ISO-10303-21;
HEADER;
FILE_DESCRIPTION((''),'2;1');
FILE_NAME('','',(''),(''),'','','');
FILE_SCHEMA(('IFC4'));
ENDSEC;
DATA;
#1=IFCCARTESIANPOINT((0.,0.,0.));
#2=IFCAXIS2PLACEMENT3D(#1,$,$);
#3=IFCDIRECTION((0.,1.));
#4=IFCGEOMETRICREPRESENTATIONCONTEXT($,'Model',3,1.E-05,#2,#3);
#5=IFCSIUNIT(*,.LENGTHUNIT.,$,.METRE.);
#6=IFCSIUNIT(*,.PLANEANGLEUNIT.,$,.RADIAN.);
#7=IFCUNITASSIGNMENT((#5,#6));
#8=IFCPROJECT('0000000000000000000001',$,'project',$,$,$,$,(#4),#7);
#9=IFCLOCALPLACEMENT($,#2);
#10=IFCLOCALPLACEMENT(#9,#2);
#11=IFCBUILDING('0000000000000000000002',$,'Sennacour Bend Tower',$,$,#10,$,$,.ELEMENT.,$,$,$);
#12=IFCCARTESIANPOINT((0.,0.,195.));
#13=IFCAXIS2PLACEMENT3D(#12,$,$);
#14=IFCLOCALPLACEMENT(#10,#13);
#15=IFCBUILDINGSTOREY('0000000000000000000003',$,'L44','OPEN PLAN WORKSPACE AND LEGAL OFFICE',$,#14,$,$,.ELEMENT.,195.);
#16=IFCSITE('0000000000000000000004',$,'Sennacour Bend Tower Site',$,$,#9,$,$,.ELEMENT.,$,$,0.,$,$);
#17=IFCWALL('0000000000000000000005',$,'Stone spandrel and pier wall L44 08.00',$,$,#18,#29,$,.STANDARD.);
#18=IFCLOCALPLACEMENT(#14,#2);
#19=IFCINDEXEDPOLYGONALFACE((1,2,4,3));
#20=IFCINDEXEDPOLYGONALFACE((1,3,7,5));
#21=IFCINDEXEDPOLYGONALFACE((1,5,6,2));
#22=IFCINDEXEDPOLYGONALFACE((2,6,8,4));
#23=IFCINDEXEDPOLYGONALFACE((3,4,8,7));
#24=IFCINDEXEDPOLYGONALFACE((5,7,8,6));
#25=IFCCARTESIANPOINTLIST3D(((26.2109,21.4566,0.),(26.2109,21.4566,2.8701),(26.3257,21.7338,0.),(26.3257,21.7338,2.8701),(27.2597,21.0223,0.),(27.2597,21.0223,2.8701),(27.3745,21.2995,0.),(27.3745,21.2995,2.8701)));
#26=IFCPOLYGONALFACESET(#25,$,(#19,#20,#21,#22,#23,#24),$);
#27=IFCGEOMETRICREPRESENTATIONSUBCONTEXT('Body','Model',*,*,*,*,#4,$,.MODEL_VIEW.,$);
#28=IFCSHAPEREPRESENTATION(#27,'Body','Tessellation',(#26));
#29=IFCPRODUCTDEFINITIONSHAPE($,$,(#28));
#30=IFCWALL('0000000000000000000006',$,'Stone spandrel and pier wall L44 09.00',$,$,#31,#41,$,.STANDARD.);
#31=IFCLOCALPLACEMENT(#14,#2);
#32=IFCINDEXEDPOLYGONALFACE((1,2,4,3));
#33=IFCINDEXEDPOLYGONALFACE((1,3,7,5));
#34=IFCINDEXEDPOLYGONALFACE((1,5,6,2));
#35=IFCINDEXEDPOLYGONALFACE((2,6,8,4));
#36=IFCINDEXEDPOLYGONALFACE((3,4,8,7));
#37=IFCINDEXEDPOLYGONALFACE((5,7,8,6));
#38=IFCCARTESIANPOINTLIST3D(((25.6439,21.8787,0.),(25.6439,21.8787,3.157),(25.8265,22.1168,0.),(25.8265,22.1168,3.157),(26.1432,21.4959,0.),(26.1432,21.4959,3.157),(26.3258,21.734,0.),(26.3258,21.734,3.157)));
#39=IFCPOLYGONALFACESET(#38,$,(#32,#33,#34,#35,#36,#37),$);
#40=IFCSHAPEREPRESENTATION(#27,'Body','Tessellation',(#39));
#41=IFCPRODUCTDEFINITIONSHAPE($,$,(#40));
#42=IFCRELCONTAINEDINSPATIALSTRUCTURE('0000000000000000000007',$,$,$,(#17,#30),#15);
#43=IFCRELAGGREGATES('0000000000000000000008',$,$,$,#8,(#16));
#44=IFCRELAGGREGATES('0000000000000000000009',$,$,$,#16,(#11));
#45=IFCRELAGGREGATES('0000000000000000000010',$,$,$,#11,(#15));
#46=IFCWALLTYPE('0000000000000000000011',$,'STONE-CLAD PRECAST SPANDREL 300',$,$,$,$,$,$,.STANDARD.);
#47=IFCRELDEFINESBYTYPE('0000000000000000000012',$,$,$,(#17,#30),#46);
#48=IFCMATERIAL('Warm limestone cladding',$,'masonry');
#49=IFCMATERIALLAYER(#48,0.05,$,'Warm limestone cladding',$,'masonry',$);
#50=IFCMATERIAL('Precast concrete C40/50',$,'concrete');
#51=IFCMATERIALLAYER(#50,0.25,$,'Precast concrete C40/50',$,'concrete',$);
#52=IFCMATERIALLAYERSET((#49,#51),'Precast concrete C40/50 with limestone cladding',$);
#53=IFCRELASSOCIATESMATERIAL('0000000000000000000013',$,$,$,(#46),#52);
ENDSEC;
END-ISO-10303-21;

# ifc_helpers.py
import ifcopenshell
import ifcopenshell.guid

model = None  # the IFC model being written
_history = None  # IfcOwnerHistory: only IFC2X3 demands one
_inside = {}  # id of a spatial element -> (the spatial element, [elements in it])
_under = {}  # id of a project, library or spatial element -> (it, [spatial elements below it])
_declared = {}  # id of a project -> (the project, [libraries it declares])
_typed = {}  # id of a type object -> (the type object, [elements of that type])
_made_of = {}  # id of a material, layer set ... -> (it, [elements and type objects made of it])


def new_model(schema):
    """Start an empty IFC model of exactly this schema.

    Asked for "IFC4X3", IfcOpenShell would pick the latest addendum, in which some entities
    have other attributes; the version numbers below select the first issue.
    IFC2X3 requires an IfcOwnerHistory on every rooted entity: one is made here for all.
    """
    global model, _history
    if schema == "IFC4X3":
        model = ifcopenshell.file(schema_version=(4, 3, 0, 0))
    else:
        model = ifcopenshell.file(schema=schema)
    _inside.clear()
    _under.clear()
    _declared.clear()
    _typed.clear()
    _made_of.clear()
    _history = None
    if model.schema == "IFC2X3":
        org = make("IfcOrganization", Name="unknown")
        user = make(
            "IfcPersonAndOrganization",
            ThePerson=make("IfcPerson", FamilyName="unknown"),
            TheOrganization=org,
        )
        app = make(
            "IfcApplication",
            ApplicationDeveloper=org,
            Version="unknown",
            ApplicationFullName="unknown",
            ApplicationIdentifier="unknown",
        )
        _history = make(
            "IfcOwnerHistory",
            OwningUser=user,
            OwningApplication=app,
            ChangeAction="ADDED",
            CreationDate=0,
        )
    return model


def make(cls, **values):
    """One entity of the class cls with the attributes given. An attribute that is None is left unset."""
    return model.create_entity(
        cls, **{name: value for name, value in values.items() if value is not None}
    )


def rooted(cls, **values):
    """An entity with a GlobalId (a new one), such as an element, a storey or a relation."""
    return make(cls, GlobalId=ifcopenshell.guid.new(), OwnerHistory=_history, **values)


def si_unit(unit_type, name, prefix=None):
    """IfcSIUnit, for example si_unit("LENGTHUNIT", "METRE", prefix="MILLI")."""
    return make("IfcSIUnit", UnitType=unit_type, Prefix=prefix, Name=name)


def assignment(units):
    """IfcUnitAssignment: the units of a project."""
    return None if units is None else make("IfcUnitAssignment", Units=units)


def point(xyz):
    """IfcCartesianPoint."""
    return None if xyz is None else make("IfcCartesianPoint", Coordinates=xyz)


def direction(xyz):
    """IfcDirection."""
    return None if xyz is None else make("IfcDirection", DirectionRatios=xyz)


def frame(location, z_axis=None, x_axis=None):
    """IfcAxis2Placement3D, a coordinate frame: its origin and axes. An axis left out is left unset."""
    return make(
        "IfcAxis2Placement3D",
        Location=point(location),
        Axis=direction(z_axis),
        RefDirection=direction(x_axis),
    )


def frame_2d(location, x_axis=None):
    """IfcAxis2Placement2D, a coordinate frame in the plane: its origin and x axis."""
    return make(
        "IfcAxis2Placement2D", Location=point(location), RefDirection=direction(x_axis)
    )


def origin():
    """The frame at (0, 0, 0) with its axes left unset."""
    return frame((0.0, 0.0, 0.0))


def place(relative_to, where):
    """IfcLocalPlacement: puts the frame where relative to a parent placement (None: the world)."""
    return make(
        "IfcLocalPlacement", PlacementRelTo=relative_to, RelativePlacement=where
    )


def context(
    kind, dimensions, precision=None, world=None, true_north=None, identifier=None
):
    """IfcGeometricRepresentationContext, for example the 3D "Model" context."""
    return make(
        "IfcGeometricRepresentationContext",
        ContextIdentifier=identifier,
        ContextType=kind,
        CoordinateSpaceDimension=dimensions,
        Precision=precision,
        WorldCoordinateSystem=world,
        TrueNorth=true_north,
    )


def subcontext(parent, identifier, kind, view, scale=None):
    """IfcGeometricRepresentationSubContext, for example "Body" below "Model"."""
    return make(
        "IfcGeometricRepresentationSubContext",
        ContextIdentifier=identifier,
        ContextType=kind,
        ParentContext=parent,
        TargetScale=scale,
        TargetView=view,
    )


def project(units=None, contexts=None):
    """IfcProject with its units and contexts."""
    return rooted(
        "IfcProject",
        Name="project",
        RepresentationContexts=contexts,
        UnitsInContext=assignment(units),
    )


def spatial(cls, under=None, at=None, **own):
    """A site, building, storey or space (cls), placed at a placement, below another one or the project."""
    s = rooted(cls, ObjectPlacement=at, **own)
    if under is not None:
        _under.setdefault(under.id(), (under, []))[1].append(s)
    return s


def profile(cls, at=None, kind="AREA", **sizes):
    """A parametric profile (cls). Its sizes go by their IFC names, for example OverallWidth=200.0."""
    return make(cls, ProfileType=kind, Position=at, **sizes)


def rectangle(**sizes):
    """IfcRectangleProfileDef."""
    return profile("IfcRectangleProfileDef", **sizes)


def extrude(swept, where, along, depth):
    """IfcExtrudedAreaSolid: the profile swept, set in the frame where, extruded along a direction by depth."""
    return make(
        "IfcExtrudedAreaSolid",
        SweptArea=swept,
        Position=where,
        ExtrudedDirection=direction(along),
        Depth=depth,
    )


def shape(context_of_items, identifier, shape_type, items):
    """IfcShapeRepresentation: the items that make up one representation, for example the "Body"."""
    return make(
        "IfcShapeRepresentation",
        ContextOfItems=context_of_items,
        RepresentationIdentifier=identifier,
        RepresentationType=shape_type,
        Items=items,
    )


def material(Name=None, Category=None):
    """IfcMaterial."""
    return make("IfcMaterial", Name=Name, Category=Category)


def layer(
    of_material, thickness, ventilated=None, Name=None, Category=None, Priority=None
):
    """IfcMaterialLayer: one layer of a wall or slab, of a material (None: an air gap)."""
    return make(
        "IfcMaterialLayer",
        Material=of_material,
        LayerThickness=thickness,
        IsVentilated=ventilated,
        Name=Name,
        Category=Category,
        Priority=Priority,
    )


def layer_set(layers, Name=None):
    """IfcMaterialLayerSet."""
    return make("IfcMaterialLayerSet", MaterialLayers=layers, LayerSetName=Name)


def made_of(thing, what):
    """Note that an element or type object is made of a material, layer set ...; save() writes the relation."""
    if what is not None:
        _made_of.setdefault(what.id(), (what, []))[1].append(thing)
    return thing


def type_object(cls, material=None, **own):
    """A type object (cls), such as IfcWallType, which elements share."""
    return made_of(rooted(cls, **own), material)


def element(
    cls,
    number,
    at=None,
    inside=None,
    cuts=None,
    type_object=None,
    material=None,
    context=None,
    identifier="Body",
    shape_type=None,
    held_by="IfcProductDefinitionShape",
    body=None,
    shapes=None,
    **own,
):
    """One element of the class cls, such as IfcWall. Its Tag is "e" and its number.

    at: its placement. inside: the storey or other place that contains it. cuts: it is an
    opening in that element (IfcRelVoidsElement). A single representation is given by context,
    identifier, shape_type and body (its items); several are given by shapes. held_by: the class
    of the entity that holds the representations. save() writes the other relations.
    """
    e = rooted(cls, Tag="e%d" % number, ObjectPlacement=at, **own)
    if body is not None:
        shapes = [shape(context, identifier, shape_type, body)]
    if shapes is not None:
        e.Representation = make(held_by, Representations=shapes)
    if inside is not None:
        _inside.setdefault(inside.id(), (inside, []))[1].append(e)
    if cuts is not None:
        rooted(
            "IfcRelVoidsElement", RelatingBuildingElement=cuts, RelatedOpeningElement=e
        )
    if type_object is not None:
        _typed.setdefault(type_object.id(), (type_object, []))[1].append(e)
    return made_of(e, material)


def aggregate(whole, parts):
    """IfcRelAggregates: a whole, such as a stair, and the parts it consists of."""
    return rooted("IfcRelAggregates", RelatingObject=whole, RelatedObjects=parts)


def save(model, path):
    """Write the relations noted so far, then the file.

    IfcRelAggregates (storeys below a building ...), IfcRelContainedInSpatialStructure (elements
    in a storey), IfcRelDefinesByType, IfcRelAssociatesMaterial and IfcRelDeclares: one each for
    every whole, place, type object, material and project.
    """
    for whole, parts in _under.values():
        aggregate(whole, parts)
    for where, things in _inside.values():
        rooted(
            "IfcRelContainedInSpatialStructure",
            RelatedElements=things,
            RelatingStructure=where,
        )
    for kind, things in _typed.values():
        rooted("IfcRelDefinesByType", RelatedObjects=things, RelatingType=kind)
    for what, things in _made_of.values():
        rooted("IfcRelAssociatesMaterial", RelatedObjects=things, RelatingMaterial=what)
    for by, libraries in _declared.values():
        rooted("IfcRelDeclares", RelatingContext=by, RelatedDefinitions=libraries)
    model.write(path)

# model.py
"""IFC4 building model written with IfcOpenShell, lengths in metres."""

from ifc_helpers import new_model, si_unit, direction, frame, frame_2d, origin, place, context, subcontext, project, spatial, rectangle, extrude, material, layer, layer_set, type_object, element, save


model = new_model("IFC4")

# Units and contexts
model_context = context("Model", 3, precision=1e-05, world=origin(), true_north=direction((0.0, 1.0)))
body_context = subcontext(model_context, "Body", "Model", "MODEL_VIEW")
ifc_project = project(units=[si_unit("LENGTHUNIT", "METRE"), si_unit("PLANEANGLEUNIT", "RADIAN")], contexts=[model_context])

# Site, building, storey
site_placement = place(None, origin())
site = spatial("IfcSite", under=ifc_project, at=site_placement, Name="Sennacour Bend Tower Site", CompositionType="ELEMENT", RefElevation=0.0)
building_placement = place(site_placement, origin())
building = spatial("IfcBuilding", under=site, at=building_placement, Name="Sennacour Bend Tower", CompositionType="ELEMENT")
storey_placement = place(building_placement, frame((0.0, 0.0, 195.0)))
storey = spatial("IfcBuildingStorey", under=building, at=storey_placement, Name="L44", Description="OPEN PLAN WORKSPACE AND LEGAL OFFICE", CompositionType="ELEMENT", Elevation=195.0)

# Shared definitions
ifc_material_1 = material(Name="Warm limestone cladding", Category="masonry")
ifc_layer_1 = layer(ifc_material_1, 0.05, Name="Warm limestone cladding", Category="masonry")
ifc_material_2 = material(Name="Precast concrete C40/50", Category="concrete")
ifc_layer_2 = layer(ifc_material_2, 0.25, Name="Precast concrete C40/50", Category="concrete")
ifc_layer_set = layer_set([ifc_layer_1, ifc_layer_2], Name="Precast concrete C40/50 with limestone cladding")
wall_type = type_object("IfcWallType", Name="STONE-CLAD PRECAST SPANDREL 300", PredefinedType="STANDARD", material=ifc_layer_set)

# Walls
wall_1_placement = place(storey_placement, frame((27.3171, 21.1609, 0.0), z_axis=(0.0, 0.0, 1.0), x_axis=(-0.923915, 0.382599, 0.0)))
element("IfcWall", 1, at=wall_1_placement, inside=storey, type_object=wall_type, Name="Stone spandrel and pier wall L44 08.00", PredefinedType="STANDARD", context=body_context, shape_type="SweptSolid", body=[
    extrude(rectangle(XDim=1.1353, YDim=0.3, at=frame_2d((0.5676, 0.0))), origin(), (0.0, 0.0, 1.0), 2.8701),
])
wall_2_placement = place(storey_placement, frame((26.2344, 21.615, 0.0), z_axis=(0.0, 0.0, 1.0), x_axis=(-0.793575, 0.608472, 0.0)))
element("IfcWall", 2, at=wall_2_placement, inside=storey, type_object=wall_type, Name="Stone spandrel and pier wall L44 09.00", PredefinedType="STANDARD", context=body_context, shape_type="SweptSolid", body=[
    extrude(rectangle(XDim=0.6292, YDim=0.3, at=frame_2d((0.3145, 0.0))), origin(), (0.0, 0.0, 1.0), 3.157),
])

save(model, "model.ifc")
